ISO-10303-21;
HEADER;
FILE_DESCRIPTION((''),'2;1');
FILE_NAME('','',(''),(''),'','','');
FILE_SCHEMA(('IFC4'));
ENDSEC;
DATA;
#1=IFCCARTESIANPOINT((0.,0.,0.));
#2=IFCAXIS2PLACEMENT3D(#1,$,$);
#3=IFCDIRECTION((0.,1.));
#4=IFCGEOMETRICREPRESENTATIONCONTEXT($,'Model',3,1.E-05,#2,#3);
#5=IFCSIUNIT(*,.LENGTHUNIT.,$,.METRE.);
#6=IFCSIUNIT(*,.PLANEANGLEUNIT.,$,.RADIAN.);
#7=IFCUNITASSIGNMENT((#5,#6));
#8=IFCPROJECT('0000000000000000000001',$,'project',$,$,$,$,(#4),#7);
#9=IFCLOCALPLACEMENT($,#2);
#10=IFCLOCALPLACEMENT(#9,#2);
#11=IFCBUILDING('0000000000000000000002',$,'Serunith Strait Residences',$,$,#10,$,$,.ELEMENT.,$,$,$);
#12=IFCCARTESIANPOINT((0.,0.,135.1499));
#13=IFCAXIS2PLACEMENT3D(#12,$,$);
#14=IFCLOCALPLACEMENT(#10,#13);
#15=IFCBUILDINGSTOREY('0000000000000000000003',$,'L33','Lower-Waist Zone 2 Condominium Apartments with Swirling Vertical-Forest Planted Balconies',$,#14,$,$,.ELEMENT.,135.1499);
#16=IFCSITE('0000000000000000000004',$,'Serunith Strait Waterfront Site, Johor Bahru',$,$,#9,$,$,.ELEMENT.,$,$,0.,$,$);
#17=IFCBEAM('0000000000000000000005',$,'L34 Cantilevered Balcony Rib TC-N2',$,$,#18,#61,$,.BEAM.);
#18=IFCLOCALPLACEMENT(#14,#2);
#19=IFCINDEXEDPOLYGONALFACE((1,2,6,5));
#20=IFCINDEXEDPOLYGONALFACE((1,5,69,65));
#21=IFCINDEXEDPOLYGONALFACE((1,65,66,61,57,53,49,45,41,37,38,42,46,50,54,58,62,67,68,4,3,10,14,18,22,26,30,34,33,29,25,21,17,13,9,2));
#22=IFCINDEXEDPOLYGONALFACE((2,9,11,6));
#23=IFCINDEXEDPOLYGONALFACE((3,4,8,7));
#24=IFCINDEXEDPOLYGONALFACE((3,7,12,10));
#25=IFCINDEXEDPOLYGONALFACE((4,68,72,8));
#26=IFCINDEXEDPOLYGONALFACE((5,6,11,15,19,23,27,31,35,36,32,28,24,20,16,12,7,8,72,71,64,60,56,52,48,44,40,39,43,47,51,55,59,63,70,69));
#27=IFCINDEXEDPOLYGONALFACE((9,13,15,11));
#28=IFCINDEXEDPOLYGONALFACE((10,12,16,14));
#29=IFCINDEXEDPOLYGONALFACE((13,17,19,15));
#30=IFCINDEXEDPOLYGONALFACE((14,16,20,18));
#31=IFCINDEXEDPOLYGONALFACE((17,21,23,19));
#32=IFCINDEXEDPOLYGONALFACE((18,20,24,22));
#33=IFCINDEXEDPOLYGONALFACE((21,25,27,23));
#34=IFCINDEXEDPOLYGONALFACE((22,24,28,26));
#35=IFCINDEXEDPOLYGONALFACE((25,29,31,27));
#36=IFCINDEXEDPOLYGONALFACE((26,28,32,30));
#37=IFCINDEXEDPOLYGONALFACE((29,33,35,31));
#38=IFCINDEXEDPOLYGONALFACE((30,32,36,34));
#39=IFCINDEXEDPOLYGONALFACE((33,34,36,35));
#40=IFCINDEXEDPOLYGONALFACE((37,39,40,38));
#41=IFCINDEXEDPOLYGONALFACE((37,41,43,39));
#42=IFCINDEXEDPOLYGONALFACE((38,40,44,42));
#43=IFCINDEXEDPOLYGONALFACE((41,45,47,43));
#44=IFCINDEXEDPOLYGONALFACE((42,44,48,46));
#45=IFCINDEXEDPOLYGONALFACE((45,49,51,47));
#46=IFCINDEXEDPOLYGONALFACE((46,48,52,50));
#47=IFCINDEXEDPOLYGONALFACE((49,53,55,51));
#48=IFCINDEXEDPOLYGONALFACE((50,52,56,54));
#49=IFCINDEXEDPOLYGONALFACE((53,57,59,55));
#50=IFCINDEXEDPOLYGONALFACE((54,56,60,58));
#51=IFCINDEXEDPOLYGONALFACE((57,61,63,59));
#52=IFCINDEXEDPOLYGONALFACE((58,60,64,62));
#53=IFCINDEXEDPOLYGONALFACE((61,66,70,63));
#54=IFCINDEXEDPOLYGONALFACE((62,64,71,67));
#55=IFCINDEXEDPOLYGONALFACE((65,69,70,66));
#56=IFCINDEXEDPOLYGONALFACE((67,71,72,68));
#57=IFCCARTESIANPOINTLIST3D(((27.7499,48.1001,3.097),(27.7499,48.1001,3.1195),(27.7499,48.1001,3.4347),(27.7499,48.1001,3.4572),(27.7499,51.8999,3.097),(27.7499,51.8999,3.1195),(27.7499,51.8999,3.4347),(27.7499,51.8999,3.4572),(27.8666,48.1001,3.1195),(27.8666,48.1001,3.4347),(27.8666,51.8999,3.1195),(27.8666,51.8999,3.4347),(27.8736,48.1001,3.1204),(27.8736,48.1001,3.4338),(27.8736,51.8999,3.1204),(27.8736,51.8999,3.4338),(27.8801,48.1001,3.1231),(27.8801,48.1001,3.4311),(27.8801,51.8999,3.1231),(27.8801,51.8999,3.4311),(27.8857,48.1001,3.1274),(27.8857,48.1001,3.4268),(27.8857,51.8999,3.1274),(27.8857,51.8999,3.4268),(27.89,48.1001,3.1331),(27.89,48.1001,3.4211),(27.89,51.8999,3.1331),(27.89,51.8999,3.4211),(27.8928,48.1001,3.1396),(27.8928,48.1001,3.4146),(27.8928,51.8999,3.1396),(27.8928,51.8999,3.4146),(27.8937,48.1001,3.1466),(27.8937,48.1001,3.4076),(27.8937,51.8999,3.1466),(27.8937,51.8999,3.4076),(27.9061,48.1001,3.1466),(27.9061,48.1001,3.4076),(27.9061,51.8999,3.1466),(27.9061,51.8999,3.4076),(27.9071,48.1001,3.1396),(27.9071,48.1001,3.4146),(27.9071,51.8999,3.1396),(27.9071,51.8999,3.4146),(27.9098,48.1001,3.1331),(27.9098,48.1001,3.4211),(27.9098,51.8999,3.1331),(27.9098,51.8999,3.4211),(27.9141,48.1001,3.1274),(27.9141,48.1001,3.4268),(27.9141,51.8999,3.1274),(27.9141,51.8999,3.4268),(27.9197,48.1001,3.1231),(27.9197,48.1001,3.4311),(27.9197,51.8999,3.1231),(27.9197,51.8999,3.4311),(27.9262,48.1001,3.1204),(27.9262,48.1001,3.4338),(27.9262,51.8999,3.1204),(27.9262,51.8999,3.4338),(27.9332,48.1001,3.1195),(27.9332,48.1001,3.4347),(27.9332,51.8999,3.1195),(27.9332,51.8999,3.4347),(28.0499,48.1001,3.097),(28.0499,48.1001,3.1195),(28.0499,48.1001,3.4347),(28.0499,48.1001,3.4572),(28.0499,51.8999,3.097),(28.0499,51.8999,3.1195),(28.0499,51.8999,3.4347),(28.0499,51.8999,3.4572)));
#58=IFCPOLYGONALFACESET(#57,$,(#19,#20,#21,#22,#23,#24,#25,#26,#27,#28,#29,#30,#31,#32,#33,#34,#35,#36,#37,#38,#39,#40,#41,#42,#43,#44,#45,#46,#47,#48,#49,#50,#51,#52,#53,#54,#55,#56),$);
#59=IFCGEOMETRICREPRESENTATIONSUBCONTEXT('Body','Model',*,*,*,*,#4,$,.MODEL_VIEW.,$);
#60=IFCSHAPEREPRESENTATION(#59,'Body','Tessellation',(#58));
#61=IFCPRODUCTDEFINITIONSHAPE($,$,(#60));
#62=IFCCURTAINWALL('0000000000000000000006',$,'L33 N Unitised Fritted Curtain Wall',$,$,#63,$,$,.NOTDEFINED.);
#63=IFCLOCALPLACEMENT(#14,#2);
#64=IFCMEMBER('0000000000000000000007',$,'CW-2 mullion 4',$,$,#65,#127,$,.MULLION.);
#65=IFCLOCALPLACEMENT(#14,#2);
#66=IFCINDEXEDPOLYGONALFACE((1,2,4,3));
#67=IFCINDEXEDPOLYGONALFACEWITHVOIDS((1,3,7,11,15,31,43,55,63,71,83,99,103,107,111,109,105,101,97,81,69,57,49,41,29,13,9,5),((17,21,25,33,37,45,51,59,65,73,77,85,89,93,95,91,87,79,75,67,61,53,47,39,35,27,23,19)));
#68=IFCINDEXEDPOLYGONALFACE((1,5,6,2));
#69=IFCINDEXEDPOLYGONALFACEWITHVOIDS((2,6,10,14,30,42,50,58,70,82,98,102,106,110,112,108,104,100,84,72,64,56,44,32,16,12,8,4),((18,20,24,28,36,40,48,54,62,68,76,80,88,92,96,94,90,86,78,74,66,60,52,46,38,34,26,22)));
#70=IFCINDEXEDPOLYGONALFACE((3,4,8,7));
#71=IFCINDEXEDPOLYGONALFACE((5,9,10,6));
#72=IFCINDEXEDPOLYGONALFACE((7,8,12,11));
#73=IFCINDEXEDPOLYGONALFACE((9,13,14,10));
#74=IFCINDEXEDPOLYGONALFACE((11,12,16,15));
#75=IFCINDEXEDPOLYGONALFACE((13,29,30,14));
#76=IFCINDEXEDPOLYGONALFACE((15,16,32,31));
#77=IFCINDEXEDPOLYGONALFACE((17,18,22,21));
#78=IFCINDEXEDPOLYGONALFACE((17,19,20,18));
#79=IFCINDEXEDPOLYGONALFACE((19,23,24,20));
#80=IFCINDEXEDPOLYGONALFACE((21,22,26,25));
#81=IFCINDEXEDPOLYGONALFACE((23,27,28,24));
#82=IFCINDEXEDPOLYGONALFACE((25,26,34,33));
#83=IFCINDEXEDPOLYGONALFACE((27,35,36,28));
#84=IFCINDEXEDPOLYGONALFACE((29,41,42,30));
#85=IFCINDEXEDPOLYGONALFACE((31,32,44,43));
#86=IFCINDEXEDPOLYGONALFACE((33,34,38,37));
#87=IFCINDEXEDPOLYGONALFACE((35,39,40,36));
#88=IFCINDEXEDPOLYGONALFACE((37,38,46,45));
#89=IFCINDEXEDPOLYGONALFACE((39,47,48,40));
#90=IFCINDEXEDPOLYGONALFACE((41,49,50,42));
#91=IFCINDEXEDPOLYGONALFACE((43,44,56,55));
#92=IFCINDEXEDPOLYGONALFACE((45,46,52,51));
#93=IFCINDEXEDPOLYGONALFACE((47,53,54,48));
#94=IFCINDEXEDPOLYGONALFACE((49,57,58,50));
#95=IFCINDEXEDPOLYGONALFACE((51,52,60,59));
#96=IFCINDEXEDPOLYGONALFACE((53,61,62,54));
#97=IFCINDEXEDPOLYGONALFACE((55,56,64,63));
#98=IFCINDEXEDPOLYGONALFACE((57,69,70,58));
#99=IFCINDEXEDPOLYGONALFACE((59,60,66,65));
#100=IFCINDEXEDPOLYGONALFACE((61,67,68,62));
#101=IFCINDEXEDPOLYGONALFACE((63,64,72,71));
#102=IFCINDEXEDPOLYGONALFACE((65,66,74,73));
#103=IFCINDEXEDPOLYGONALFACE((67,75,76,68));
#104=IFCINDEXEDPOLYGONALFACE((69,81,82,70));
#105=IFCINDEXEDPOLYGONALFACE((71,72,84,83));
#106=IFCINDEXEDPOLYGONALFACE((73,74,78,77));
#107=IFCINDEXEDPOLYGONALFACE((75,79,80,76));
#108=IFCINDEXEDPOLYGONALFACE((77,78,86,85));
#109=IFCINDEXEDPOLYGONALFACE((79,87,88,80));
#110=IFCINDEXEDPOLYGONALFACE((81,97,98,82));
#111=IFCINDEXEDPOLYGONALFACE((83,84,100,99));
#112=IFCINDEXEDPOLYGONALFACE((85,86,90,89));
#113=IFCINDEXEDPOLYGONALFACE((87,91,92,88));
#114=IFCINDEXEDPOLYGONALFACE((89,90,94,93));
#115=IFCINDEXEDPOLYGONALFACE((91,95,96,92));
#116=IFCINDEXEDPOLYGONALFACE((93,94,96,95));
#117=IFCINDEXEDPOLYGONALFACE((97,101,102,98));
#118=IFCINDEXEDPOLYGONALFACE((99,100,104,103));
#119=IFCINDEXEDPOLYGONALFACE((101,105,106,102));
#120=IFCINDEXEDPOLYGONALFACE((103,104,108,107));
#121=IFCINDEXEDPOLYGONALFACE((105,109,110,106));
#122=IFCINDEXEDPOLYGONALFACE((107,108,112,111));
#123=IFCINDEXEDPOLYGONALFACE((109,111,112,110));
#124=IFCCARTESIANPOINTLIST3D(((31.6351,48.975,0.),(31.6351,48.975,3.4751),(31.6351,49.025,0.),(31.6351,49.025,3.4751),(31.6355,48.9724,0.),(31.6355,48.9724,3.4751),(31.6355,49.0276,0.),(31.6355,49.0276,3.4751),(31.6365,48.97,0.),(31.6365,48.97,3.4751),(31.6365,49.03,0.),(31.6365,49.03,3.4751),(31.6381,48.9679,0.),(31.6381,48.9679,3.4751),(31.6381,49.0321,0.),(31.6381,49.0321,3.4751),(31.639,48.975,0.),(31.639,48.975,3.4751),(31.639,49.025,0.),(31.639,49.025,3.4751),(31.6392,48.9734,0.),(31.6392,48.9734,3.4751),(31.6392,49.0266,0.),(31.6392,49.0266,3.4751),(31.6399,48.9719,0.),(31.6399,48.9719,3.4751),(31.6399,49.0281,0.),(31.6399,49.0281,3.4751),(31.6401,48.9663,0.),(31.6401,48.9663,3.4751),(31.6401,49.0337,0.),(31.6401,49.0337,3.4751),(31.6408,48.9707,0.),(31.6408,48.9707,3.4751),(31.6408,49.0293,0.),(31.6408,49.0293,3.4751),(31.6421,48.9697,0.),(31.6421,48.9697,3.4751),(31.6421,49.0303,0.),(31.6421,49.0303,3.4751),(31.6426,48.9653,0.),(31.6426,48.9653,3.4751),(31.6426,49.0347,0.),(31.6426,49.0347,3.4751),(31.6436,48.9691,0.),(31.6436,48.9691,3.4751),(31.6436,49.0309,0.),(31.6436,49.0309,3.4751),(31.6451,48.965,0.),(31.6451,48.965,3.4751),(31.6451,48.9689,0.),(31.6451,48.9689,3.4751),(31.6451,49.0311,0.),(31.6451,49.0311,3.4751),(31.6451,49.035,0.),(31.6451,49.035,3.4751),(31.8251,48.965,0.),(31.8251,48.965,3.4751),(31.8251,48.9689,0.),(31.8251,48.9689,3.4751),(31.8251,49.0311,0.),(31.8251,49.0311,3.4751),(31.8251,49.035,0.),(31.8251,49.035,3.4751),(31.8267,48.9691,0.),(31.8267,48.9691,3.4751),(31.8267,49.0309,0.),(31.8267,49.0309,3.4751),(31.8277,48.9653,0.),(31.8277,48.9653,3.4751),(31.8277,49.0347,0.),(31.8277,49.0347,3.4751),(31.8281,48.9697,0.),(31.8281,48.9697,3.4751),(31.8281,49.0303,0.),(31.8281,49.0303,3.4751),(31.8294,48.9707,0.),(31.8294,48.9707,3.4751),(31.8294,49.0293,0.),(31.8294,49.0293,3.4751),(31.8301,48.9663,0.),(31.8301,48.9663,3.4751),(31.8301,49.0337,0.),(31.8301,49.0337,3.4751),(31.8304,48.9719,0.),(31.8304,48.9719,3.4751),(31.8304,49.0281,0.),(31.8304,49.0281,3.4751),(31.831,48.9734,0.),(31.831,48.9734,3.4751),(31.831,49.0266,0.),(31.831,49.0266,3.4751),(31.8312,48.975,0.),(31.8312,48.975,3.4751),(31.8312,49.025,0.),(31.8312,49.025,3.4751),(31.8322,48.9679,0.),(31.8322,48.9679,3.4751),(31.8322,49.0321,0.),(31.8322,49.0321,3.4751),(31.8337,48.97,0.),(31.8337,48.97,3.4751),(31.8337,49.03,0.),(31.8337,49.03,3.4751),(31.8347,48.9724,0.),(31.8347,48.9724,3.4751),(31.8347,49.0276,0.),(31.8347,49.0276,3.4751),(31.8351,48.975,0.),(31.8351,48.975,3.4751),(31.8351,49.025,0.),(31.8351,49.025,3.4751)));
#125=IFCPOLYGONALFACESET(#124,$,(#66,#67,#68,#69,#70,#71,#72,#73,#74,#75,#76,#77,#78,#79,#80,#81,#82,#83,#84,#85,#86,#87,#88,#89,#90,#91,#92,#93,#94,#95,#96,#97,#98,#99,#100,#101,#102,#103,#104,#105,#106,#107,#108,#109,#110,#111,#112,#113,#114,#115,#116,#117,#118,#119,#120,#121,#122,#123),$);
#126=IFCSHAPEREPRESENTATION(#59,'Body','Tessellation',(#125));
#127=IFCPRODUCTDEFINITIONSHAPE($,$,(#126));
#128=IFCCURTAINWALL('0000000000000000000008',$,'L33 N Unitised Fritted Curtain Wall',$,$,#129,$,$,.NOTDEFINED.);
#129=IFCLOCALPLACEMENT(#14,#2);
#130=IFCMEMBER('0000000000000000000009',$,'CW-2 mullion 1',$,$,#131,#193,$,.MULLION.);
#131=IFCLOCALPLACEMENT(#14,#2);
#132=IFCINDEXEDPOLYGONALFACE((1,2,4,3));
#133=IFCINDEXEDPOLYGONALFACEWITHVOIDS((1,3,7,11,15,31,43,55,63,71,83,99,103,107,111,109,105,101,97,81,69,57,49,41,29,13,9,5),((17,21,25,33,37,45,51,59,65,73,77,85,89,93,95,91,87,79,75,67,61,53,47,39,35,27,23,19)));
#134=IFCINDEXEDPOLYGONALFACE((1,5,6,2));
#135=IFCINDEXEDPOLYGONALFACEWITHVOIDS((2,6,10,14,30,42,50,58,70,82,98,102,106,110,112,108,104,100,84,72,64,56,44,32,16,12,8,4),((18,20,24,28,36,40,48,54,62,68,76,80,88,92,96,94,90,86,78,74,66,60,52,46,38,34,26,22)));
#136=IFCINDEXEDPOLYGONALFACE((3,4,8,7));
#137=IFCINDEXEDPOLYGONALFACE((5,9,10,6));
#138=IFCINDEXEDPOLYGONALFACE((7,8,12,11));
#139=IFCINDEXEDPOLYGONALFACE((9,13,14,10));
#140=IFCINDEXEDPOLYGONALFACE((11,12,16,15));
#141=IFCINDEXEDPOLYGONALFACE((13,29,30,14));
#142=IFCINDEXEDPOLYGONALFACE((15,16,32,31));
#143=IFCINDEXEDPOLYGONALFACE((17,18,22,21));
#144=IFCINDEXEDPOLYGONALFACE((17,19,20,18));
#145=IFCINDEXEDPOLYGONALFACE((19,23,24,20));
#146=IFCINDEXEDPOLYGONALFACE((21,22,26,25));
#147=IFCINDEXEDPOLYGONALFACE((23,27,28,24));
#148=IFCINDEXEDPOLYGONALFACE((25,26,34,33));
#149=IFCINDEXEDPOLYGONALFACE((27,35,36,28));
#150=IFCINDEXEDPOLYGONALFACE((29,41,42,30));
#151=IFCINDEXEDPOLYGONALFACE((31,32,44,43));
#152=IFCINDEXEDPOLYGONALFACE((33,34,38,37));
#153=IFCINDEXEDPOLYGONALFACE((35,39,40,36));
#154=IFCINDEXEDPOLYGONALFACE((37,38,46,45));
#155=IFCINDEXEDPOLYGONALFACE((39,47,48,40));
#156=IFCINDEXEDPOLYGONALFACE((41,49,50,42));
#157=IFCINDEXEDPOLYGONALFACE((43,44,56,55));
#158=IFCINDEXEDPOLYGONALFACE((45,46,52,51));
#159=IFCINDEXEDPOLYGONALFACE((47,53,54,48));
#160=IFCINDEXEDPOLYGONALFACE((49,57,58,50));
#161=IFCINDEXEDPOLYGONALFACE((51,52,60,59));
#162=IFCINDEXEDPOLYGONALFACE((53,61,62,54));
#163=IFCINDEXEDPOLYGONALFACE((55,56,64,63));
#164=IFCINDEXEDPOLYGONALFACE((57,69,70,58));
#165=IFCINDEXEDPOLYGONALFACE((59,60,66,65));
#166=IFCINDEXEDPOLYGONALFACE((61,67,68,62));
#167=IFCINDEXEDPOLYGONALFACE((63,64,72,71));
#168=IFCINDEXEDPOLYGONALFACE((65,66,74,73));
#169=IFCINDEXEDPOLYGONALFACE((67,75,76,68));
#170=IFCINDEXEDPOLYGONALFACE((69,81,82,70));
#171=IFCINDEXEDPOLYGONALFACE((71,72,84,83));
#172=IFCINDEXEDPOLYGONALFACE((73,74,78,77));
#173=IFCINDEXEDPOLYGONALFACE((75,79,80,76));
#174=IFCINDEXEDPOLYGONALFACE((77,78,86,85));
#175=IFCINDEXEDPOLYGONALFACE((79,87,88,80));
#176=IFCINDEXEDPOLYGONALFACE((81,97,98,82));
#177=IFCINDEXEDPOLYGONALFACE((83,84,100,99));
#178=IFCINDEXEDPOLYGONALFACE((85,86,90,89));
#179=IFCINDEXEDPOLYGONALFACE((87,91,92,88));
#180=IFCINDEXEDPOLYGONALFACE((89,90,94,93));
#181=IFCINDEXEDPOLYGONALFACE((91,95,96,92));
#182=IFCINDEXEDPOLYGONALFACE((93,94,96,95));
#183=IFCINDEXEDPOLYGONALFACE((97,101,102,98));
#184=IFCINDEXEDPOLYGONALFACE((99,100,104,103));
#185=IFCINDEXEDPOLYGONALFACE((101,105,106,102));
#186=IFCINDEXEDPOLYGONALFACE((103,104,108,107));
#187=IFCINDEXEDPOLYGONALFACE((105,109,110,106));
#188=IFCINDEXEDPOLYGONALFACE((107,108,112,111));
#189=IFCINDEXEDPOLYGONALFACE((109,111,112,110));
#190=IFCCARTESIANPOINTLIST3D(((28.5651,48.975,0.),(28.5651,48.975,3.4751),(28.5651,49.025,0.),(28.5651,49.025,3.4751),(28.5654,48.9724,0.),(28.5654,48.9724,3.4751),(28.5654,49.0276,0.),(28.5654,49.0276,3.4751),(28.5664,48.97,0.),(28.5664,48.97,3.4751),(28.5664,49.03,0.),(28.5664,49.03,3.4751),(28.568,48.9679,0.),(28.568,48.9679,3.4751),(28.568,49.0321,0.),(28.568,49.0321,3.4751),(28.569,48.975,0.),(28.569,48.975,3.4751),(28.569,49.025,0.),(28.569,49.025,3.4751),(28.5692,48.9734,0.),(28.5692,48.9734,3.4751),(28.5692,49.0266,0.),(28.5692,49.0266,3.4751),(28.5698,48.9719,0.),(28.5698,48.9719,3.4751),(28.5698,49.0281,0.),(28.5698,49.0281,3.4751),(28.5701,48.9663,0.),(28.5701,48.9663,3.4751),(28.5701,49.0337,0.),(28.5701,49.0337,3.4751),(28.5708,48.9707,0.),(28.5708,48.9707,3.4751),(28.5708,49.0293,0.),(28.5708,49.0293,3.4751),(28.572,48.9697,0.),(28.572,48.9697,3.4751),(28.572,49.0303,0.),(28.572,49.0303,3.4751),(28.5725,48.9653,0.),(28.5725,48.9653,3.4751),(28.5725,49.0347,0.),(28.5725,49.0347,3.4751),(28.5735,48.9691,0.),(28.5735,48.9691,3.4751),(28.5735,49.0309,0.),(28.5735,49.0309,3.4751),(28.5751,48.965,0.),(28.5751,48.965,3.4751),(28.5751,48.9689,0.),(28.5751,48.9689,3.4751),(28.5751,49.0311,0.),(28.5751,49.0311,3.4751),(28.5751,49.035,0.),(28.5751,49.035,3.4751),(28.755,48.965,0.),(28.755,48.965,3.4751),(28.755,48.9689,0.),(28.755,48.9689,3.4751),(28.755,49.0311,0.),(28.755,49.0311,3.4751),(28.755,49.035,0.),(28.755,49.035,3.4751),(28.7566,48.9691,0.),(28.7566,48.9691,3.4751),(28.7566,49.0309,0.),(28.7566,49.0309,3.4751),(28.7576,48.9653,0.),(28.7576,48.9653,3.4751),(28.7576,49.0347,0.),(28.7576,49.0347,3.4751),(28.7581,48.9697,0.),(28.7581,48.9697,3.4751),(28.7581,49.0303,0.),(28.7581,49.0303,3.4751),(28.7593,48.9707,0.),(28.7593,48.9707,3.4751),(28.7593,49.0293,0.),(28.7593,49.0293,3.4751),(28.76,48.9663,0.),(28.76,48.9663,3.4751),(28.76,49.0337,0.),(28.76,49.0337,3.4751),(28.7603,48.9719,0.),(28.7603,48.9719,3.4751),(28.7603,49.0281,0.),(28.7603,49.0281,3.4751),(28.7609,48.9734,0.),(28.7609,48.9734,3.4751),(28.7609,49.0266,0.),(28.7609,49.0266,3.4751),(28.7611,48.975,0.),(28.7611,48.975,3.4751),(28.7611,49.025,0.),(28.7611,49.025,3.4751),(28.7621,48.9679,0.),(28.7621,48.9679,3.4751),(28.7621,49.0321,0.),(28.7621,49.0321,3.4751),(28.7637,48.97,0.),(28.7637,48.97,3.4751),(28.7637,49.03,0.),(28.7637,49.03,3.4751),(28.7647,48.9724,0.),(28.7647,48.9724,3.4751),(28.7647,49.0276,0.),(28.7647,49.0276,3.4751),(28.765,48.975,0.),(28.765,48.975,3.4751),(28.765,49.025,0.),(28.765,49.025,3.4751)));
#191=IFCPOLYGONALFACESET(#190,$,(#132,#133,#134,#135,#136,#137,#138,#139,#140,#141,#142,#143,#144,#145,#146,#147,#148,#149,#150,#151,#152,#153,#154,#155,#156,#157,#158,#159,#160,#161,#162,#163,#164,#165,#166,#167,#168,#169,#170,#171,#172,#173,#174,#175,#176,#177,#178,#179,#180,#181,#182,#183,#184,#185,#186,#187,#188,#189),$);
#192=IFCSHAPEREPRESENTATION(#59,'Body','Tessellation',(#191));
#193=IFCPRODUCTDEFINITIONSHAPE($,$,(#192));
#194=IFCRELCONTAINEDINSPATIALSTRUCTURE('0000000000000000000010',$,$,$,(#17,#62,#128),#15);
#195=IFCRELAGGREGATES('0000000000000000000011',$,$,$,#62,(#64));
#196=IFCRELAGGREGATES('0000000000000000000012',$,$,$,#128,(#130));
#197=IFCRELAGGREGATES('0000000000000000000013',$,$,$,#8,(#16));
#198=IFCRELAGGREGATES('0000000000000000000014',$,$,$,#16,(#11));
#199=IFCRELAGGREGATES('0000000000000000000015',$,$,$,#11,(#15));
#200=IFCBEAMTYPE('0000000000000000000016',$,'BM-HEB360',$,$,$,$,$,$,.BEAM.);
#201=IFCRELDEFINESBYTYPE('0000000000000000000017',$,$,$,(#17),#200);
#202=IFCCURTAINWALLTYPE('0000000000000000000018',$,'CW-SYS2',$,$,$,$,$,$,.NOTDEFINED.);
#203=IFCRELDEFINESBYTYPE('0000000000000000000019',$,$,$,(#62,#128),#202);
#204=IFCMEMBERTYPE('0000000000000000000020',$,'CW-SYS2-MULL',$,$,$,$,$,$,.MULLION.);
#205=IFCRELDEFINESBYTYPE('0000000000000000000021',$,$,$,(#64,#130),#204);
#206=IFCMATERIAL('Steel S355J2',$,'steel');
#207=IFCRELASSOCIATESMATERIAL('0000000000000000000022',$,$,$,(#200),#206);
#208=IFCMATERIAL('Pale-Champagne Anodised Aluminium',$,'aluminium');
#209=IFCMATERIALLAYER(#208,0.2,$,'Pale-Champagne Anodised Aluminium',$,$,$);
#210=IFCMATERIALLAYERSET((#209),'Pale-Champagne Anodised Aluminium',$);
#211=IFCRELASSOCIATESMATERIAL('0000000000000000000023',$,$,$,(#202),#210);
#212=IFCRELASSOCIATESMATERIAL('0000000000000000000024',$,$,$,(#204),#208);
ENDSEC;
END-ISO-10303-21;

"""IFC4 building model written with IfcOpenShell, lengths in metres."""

from ifc_helpers import new_model, si_unit, direction, frame, origin, origin_2d, place, context, subcontext, project, spatial, hollow_rectangle, i_section, extrude, source, transform, mapped, material, layer, layer_set, material_profile, profile_set, type_object, element, aggregate, save


model = new_model("IFC4")

# Units and contexts
model_context = context("Model", 3, precision=1e-05, world=origin(), true_north=direction((0.0, 1.0)))
body_context = subcontext(model_context, "Body", "Model", "MODEL_VIEW")
ifc_project = project(units=[si_unit("LENGTHUNIT", "METRE"), si_unit("PLANEANGLEUNIT", "RADIAN")], contexts=[model_context])

# Site, building, storey
site_placement = place(None, origin())
site = spatial("IfcSite", under=ifc_project, at=site_placement, Name="Serunith Strait Waterfront Site, Johor Bahru", CompositionType="ELEMENT", RefElevation=0.0)
building_placement = place(site_placement, origin())
building = spatial("IfcBuilding", under=site, at=building_placement, Name="Serunith Strait Residences", CompositionType="ELEMENT")
storey_placement = place(building_placement, frame((0.0, 0.0, 135.1499)))
storey = spatial("IfcBuildingStorey", under=building, at=storey_placement, Name="L33", Description="Lower-Waist Zone 2 Condominium Apartments with Swirling Vertical-Forest Planted Balconies", CompositionType="ELEMENT", Elevation=135.1499)

# Beam
ifc_material_1 = material(Name="Steel S355J2", Category="steel")
ifc_material_profile_1 = material_profile(ifc_material_1, i_section(OverallWidth=0.3, OverallDepth=0.3601, WebThickness=0.0125, FlangeThickness=0.0225, FilletRadius=0.0271, at=origin_2d()), Name="HEB 360")
ifc_profile_set_1 = profile_set([ifc_material_profile_1], Name="Steel S355J2")
beam_type_1 = type_object("IfcBeamType", Name="BM-HEB360", PredefinedType="BEAM", material=ifc_profile_set_1)
shared_shape_1 = source(origin(), body_context, "Body", "SweptSolid", [
    extrude(i_section(OverallWidth=0.3, OverallDepth=0.3601, WebThickness=0.0125, FlangeThickness=0.0225, FilletRadius=0.0271, at=origin_2d()), origin(), (0.0, 0.0, 1.0), 3.7998),
])
beam_1_placement = place(storey_placement, frame((27.8999, 48.1001, 3.2771), z_axis=(0.0, 1.0, 0.0), x_axis=(-1.0, 0.0, 0.0)))
element("IfcBeam", 1, at=beam_1_placement, inside=storey, type_object=beam_type_1, Name="L34 Cantilevered Balcony Rib TC-N2", PredefinedType="BEAM", context=body_context, shape_type="MappedRepresentation", body=[
    mapped(shared_shape_1, transform((0.0, 0.0, 0.0), scale=1.0)),
])

# Curtain wall, member
ifc_material_2 = material(Name="Pale-Champagne Anodised Aluminium", Category="aluminium")
ifc_layer_1 = layer(ifc_material_2, 0.2, Name="Pale-Champagne Anodised Aluminium")
ifc_layer_set_1 = layer_set([ifc_layer_1], Name="Pale-Champagne Anodised Aluminium")
curtain_wall_type = type_object("IfcCurtainWallType", Name="CW-SYS2", PredefinedType="NOTDEFINED", material=ifc_layer_set_1)
curtain_wall_1_placement = place(storey_placement, origin())
curtain_wall_1 = element("IfcCurtainWall", 2, at=curtain_wall_1_placement, inside=storey, type_object=curtain_wall_type, Name="L33 N Unitised Fritted Curtain Wall", PredefinedType="NOTDEFINED")
ifc_material_profile_2 = material_profile(ifc_material_2, hollow_rectangle(XDim=0.0701, YDim=0.2, WallThickness=0.0039, InnerFilletRadius=0.0061, OuterFilletRadius=0.01, at=origin_2d()), Name="ALU 200x70x4")
ifc_profile_set_2 = profile_set([ifc_material_profile_2], Name="Pale-Champagne Anodised Aluminium")
member_type_1 = type_object("IfcMemberType", Name="CW-SYS2-MULL", PredefinedType="MULLION", material=ifc_profile_set_2)
shared_shape_2 = source(origin(), body_context, "Body", "SweptSolid", [
    extrude(hollow_rectangle(XDim=0.0701, YDim=0.2, WallThickness=0.0039, InnerFilletRadius=0.0061, OuterFilletRadius=0.01, at=origin_2d()), origin(), (0.0, 0.0, 1.0), 3.4751),
])
member_1_placement = place(storey_placement, frame((31.7351, 49.0, 0.0), z_axis=(0.0, 0.0, 1.0), x_axis=(0.0, -1.0, 0.0)))
member_1 = element("IfcMember", 3, at=member_1_placement, type_object=member_type_1, Name="CW-2 mullion 4", PredefinedType="MULLION", context=body_context, shape_type="MappedRepresentation", body=[
    mapped(shared_shape_2, transform((0.0, 0.0, 0.0), scale=1.0)),
])
aggregate(curtain_wall_1, [member_1])

# Curtain wall, member
curtain_wall_2_placement = place(storey_placement, origin())
curtain_wall_2 = element("IfcCurtainWall", 4, at=curtain_wall_2_placement, inside=storey, type_object=curtain_wall_type, Name="L33 N Unitised Fritted Curtain Wall", PredefinedType="NOTDEFINED")
member_2_placement = place(storey_placement, frame((28.665, 49.0, 0.0), z_axis=(0.0, 0.0, 1.0), x_axis=(0.0, -1.0, 0.0)))
member_2 = element("IfcMember", 5, at=member_2_placement, type_object=member_type_1, Name="CW-2 mullion 1", PredefinedType="MULLION", context=body_context, shape_type="MappedRepresentation", body=[
    mapped(shared_shape_2, transform((0.0, 0.0, 0.0), scale=1.0)),
])
aggregate(curtain_wall_2, [member_2])

save(model, "model.ifc")
